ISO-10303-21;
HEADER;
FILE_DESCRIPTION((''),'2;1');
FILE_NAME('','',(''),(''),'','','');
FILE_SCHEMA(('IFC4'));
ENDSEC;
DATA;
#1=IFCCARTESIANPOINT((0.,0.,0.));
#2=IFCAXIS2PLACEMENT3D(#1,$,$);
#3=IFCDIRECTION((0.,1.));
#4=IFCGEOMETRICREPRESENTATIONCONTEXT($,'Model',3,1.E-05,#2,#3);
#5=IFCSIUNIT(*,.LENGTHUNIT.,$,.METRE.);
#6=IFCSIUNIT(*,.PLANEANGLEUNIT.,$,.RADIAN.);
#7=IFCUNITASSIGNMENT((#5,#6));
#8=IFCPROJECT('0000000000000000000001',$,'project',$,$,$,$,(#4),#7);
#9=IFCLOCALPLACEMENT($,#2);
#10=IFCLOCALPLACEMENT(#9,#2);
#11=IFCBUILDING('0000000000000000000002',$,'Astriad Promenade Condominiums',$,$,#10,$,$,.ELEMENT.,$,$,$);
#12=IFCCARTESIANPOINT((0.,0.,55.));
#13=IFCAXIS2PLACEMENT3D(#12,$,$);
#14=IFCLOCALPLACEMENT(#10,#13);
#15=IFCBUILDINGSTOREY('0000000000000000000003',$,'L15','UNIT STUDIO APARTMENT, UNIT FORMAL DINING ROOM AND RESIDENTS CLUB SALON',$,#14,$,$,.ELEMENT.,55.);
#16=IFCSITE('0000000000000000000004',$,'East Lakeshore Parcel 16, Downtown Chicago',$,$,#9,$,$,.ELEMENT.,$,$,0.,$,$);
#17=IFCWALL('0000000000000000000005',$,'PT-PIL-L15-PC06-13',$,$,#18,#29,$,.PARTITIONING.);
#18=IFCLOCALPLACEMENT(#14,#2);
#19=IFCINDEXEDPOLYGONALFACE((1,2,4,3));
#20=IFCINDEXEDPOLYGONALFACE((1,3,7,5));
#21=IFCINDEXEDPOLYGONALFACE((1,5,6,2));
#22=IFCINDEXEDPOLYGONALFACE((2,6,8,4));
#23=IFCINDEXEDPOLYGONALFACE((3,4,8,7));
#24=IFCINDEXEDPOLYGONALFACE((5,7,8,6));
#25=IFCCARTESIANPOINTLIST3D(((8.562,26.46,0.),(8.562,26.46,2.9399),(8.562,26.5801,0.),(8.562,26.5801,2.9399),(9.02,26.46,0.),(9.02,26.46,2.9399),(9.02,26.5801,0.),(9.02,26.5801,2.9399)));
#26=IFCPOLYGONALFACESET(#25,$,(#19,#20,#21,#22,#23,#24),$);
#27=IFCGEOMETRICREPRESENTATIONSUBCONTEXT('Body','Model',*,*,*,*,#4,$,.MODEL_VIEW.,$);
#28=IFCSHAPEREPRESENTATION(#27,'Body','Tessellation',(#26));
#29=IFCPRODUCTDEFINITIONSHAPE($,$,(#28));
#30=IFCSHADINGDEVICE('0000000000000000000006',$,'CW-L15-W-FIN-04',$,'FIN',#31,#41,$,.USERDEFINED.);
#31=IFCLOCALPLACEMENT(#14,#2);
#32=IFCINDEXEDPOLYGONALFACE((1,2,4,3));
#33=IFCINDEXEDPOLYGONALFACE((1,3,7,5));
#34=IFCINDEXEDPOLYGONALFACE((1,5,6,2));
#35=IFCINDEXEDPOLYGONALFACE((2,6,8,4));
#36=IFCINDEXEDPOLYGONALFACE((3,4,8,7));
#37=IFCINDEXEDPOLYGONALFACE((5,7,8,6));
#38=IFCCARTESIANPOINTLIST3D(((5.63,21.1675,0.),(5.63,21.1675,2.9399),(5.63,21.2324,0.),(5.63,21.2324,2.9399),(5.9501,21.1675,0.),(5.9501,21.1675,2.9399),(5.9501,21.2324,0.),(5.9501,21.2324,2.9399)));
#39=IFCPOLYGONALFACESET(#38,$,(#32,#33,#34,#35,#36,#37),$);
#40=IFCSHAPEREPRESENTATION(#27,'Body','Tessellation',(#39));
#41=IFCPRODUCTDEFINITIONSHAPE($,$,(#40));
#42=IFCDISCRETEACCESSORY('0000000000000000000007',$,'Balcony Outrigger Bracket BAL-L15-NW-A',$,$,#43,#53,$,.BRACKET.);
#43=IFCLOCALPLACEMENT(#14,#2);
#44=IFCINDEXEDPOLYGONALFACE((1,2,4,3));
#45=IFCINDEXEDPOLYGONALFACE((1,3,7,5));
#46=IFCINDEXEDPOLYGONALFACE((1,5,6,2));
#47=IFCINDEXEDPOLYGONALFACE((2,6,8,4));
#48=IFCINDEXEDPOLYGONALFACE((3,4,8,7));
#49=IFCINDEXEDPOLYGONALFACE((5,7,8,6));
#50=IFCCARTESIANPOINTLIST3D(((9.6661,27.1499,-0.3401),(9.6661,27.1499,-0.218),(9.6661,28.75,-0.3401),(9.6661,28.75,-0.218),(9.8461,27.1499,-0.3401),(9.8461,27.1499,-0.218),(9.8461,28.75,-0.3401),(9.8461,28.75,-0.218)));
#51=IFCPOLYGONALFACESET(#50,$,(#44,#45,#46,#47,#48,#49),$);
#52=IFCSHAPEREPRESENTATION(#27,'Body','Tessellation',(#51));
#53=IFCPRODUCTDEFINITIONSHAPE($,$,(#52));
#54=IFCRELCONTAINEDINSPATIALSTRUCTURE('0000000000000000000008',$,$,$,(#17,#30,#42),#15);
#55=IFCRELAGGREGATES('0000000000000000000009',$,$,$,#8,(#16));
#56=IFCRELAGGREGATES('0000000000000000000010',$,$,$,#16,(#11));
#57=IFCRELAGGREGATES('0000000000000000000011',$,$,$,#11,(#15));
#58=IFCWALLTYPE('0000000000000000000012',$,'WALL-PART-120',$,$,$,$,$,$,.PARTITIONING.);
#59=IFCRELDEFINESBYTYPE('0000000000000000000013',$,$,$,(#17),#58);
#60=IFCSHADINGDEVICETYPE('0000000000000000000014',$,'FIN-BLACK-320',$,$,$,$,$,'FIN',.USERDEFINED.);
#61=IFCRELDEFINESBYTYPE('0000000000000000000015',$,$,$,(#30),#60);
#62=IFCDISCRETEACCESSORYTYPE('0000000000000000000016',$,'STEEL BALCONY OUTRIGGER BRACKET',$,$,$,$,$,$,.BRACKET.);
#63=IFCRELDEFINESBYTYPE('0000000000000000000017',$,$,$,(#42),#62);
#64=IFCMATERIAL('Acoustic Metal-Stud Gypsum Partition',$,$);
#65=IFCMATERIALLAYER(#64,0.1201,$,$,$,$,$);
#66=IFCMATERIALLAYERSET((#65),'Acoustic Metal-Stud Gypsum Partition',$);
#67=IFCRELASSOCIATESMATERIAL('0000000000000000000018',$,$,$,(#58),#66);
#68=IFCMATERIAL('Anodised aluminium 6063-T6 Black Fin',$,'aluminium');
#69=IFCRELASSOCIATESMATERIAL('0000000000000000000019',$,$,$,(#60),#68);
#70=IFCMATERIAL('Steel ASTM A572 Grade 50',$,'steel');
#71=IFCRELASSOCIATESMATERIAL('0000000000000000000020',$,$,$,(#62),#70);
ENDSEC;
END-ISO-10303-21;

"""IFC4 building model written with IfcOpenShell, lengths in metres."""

from ifc_helpers import new_model, si_unit, direction, frame, frame_2d, origin, origin_2d, place, context, subcontext, project, spatial, rectangle, extrude, source, transform, mapped, material, layer, layer_set, type_object, type_shapes, element, save


model = new_model("IFC4")

# Units and contexts
model_context = context("Model", 3, precision=1e-05, world=origin(), true_north=direction((0.0, 1.0)))
body_context = subcontext(model_context, "Body", "Model", "MODEL_VIEW")
ifc_project = project(units=[si_unit("LENGTHUNIT", "METRE"), si_unit("PLANEANGLEUNIT", "RADIAN")], contexts=[model_context])

# Site, building, storey
site_placement = place(None, origin())
site = spatial("IfcSite", under=ifc_project, at=site_placement, Name="East Lakeshore Parcel 16, Downtown Chicago", CompositionType="ELEMENT", RefElevation=0.0)
building_placement = place(site_placement, origin())
building = spatial("IfcBuilding", under=site, at=building_placement, Name="Astriad Promenade Condominiums", CompositionType="ELEMENT")
storey_placement = place(building_placement, frame((0.0, 0.0, 55.0)))
storey = spatial("IfcBuildingStorey", under=building, at=storey_placement, Name="L15", Description="UNIT STUDIO APARTMENT, UNIT FORMAL DINING ROOM AND RESIDENTS CLUB SALON", CompositionType="ELEMENT", Elevation=55.0)

# Shared definitions
ifc_material_1 = material(Name="Acoustic Metal-Stud Gypsum Partition")
ifc_layer_1 = layer(ifc_material_1, 0.1201)
ifc_layer_set_1 = layer_set([ifc_layer_1], Name="Acoustic Metal-Stud Gypsum Partition")
wall_type_1 = type_object("IfcWallType", Name="WALL-PART-120", PredefinedType="PARTITIONING", material=ifc_layer_set_1)

# Wall
wall_1_placement = place(storey_placement, frame((9.02, 26.52, 0.0), z_axis=(0.0, 0.0, 1.0), x_axis=(-1.0, 0.0, 0.0)))
element("IfcWall", 1, at=wall_1_placement, inside=storey, type_object=wall_type_1, Name="PT-PIL-L15-PC06-13", PredefinedType="PARTITIONING", context=body_context, shape_type="SweptSolid", body=[
    extrude(rectangle(XDim=0.458, YDim=0.1201, at=frame_2d((0.229, 0.0))), origin(), (0.0, 0.0, 1.0), 2.9399),
])

# Shading device
ifc_material_2 = material(Name="Anodised aluminium 6063-T6 Black Fin", Category="aluminium")
shading_device_type = type_object("IfcShadingDeviceType", Name="FIN-BLACK-320", ElementType="FIN", PredefinedType="USERDEFINED", material=ifc_material_2)
shared_shape_1 = source(origin(), body_context, "Body", "SweptSolid", [
    extrude(rectangle(XDim=0.0649, YDim=0.3201, at=origin_2d()), origin(), (0.0, 0.0, 1.0), 2.9399),
])
type_shapes(shading_device_type, [shared_shape_1])
shading_device_placement = place(storey_placement, frame((5.79, 21.2, 0.0), z_axis=(0.0, 0.0, 1.0), x_axis=(0.0, 1.0, 0.0)))
element("IfcShadingDevice", 2, at=shading_device_placement, inside=storey, type_object=shading_device_type, Name="CW-L15-W-FIN-04", ObjectType="FIN", PredefinedType="USERDEFINED", context=body_context, shape_type="MappedRepresentation", body=[
    mapped(shared_shape_1, transform((0.0, 0.0, 0.0), scale=1.0)),
])

# Discrete accessory
ifc_material_3 = material(Name="Steel ASTM A572 Grade 50", Category="steel")
discrete_accessory_type = type_object("IfcDiscreteAccessoryType", Name="STEEL BALCONY OUTRIGGER BRACKET", PredefinedType="BRACKET", material=ifc_material_3)
shared_shape_2 = source(origin(), body_context, "Body", "SweptSolid", [
    extrude(rectangle(XDim=1.6001, YDim=0.1799, at=origin_2d()), origin(), (0.0, 0.0, 1.0), 0.1221),
])
type_shapes(discrete_accessory_type, [shared_shape_2])
discrete_accessory_placement = place(storey_placement, frame((9.7561, 27.95, -0.3401), z_axis=(0.0, 0.0, 1.0), x_axis=(0.0, 1.0, 0.0)))
element("IfcDiscreteAccessory", 3, at=discrete_accessory_placement, inside=storey, type_object=discrete_accessory_type, Name="Balcony Outrigger Bracket BAL-L15-NW-A", PredefinedType="BRACKET", context=body_context, shape_type="MappedRepresentation", body=[
    mapped(shared_shape_2, transform((0.0, 0.0, 0.0), scale=1.0)),
])

save(model, "model.ifc")
